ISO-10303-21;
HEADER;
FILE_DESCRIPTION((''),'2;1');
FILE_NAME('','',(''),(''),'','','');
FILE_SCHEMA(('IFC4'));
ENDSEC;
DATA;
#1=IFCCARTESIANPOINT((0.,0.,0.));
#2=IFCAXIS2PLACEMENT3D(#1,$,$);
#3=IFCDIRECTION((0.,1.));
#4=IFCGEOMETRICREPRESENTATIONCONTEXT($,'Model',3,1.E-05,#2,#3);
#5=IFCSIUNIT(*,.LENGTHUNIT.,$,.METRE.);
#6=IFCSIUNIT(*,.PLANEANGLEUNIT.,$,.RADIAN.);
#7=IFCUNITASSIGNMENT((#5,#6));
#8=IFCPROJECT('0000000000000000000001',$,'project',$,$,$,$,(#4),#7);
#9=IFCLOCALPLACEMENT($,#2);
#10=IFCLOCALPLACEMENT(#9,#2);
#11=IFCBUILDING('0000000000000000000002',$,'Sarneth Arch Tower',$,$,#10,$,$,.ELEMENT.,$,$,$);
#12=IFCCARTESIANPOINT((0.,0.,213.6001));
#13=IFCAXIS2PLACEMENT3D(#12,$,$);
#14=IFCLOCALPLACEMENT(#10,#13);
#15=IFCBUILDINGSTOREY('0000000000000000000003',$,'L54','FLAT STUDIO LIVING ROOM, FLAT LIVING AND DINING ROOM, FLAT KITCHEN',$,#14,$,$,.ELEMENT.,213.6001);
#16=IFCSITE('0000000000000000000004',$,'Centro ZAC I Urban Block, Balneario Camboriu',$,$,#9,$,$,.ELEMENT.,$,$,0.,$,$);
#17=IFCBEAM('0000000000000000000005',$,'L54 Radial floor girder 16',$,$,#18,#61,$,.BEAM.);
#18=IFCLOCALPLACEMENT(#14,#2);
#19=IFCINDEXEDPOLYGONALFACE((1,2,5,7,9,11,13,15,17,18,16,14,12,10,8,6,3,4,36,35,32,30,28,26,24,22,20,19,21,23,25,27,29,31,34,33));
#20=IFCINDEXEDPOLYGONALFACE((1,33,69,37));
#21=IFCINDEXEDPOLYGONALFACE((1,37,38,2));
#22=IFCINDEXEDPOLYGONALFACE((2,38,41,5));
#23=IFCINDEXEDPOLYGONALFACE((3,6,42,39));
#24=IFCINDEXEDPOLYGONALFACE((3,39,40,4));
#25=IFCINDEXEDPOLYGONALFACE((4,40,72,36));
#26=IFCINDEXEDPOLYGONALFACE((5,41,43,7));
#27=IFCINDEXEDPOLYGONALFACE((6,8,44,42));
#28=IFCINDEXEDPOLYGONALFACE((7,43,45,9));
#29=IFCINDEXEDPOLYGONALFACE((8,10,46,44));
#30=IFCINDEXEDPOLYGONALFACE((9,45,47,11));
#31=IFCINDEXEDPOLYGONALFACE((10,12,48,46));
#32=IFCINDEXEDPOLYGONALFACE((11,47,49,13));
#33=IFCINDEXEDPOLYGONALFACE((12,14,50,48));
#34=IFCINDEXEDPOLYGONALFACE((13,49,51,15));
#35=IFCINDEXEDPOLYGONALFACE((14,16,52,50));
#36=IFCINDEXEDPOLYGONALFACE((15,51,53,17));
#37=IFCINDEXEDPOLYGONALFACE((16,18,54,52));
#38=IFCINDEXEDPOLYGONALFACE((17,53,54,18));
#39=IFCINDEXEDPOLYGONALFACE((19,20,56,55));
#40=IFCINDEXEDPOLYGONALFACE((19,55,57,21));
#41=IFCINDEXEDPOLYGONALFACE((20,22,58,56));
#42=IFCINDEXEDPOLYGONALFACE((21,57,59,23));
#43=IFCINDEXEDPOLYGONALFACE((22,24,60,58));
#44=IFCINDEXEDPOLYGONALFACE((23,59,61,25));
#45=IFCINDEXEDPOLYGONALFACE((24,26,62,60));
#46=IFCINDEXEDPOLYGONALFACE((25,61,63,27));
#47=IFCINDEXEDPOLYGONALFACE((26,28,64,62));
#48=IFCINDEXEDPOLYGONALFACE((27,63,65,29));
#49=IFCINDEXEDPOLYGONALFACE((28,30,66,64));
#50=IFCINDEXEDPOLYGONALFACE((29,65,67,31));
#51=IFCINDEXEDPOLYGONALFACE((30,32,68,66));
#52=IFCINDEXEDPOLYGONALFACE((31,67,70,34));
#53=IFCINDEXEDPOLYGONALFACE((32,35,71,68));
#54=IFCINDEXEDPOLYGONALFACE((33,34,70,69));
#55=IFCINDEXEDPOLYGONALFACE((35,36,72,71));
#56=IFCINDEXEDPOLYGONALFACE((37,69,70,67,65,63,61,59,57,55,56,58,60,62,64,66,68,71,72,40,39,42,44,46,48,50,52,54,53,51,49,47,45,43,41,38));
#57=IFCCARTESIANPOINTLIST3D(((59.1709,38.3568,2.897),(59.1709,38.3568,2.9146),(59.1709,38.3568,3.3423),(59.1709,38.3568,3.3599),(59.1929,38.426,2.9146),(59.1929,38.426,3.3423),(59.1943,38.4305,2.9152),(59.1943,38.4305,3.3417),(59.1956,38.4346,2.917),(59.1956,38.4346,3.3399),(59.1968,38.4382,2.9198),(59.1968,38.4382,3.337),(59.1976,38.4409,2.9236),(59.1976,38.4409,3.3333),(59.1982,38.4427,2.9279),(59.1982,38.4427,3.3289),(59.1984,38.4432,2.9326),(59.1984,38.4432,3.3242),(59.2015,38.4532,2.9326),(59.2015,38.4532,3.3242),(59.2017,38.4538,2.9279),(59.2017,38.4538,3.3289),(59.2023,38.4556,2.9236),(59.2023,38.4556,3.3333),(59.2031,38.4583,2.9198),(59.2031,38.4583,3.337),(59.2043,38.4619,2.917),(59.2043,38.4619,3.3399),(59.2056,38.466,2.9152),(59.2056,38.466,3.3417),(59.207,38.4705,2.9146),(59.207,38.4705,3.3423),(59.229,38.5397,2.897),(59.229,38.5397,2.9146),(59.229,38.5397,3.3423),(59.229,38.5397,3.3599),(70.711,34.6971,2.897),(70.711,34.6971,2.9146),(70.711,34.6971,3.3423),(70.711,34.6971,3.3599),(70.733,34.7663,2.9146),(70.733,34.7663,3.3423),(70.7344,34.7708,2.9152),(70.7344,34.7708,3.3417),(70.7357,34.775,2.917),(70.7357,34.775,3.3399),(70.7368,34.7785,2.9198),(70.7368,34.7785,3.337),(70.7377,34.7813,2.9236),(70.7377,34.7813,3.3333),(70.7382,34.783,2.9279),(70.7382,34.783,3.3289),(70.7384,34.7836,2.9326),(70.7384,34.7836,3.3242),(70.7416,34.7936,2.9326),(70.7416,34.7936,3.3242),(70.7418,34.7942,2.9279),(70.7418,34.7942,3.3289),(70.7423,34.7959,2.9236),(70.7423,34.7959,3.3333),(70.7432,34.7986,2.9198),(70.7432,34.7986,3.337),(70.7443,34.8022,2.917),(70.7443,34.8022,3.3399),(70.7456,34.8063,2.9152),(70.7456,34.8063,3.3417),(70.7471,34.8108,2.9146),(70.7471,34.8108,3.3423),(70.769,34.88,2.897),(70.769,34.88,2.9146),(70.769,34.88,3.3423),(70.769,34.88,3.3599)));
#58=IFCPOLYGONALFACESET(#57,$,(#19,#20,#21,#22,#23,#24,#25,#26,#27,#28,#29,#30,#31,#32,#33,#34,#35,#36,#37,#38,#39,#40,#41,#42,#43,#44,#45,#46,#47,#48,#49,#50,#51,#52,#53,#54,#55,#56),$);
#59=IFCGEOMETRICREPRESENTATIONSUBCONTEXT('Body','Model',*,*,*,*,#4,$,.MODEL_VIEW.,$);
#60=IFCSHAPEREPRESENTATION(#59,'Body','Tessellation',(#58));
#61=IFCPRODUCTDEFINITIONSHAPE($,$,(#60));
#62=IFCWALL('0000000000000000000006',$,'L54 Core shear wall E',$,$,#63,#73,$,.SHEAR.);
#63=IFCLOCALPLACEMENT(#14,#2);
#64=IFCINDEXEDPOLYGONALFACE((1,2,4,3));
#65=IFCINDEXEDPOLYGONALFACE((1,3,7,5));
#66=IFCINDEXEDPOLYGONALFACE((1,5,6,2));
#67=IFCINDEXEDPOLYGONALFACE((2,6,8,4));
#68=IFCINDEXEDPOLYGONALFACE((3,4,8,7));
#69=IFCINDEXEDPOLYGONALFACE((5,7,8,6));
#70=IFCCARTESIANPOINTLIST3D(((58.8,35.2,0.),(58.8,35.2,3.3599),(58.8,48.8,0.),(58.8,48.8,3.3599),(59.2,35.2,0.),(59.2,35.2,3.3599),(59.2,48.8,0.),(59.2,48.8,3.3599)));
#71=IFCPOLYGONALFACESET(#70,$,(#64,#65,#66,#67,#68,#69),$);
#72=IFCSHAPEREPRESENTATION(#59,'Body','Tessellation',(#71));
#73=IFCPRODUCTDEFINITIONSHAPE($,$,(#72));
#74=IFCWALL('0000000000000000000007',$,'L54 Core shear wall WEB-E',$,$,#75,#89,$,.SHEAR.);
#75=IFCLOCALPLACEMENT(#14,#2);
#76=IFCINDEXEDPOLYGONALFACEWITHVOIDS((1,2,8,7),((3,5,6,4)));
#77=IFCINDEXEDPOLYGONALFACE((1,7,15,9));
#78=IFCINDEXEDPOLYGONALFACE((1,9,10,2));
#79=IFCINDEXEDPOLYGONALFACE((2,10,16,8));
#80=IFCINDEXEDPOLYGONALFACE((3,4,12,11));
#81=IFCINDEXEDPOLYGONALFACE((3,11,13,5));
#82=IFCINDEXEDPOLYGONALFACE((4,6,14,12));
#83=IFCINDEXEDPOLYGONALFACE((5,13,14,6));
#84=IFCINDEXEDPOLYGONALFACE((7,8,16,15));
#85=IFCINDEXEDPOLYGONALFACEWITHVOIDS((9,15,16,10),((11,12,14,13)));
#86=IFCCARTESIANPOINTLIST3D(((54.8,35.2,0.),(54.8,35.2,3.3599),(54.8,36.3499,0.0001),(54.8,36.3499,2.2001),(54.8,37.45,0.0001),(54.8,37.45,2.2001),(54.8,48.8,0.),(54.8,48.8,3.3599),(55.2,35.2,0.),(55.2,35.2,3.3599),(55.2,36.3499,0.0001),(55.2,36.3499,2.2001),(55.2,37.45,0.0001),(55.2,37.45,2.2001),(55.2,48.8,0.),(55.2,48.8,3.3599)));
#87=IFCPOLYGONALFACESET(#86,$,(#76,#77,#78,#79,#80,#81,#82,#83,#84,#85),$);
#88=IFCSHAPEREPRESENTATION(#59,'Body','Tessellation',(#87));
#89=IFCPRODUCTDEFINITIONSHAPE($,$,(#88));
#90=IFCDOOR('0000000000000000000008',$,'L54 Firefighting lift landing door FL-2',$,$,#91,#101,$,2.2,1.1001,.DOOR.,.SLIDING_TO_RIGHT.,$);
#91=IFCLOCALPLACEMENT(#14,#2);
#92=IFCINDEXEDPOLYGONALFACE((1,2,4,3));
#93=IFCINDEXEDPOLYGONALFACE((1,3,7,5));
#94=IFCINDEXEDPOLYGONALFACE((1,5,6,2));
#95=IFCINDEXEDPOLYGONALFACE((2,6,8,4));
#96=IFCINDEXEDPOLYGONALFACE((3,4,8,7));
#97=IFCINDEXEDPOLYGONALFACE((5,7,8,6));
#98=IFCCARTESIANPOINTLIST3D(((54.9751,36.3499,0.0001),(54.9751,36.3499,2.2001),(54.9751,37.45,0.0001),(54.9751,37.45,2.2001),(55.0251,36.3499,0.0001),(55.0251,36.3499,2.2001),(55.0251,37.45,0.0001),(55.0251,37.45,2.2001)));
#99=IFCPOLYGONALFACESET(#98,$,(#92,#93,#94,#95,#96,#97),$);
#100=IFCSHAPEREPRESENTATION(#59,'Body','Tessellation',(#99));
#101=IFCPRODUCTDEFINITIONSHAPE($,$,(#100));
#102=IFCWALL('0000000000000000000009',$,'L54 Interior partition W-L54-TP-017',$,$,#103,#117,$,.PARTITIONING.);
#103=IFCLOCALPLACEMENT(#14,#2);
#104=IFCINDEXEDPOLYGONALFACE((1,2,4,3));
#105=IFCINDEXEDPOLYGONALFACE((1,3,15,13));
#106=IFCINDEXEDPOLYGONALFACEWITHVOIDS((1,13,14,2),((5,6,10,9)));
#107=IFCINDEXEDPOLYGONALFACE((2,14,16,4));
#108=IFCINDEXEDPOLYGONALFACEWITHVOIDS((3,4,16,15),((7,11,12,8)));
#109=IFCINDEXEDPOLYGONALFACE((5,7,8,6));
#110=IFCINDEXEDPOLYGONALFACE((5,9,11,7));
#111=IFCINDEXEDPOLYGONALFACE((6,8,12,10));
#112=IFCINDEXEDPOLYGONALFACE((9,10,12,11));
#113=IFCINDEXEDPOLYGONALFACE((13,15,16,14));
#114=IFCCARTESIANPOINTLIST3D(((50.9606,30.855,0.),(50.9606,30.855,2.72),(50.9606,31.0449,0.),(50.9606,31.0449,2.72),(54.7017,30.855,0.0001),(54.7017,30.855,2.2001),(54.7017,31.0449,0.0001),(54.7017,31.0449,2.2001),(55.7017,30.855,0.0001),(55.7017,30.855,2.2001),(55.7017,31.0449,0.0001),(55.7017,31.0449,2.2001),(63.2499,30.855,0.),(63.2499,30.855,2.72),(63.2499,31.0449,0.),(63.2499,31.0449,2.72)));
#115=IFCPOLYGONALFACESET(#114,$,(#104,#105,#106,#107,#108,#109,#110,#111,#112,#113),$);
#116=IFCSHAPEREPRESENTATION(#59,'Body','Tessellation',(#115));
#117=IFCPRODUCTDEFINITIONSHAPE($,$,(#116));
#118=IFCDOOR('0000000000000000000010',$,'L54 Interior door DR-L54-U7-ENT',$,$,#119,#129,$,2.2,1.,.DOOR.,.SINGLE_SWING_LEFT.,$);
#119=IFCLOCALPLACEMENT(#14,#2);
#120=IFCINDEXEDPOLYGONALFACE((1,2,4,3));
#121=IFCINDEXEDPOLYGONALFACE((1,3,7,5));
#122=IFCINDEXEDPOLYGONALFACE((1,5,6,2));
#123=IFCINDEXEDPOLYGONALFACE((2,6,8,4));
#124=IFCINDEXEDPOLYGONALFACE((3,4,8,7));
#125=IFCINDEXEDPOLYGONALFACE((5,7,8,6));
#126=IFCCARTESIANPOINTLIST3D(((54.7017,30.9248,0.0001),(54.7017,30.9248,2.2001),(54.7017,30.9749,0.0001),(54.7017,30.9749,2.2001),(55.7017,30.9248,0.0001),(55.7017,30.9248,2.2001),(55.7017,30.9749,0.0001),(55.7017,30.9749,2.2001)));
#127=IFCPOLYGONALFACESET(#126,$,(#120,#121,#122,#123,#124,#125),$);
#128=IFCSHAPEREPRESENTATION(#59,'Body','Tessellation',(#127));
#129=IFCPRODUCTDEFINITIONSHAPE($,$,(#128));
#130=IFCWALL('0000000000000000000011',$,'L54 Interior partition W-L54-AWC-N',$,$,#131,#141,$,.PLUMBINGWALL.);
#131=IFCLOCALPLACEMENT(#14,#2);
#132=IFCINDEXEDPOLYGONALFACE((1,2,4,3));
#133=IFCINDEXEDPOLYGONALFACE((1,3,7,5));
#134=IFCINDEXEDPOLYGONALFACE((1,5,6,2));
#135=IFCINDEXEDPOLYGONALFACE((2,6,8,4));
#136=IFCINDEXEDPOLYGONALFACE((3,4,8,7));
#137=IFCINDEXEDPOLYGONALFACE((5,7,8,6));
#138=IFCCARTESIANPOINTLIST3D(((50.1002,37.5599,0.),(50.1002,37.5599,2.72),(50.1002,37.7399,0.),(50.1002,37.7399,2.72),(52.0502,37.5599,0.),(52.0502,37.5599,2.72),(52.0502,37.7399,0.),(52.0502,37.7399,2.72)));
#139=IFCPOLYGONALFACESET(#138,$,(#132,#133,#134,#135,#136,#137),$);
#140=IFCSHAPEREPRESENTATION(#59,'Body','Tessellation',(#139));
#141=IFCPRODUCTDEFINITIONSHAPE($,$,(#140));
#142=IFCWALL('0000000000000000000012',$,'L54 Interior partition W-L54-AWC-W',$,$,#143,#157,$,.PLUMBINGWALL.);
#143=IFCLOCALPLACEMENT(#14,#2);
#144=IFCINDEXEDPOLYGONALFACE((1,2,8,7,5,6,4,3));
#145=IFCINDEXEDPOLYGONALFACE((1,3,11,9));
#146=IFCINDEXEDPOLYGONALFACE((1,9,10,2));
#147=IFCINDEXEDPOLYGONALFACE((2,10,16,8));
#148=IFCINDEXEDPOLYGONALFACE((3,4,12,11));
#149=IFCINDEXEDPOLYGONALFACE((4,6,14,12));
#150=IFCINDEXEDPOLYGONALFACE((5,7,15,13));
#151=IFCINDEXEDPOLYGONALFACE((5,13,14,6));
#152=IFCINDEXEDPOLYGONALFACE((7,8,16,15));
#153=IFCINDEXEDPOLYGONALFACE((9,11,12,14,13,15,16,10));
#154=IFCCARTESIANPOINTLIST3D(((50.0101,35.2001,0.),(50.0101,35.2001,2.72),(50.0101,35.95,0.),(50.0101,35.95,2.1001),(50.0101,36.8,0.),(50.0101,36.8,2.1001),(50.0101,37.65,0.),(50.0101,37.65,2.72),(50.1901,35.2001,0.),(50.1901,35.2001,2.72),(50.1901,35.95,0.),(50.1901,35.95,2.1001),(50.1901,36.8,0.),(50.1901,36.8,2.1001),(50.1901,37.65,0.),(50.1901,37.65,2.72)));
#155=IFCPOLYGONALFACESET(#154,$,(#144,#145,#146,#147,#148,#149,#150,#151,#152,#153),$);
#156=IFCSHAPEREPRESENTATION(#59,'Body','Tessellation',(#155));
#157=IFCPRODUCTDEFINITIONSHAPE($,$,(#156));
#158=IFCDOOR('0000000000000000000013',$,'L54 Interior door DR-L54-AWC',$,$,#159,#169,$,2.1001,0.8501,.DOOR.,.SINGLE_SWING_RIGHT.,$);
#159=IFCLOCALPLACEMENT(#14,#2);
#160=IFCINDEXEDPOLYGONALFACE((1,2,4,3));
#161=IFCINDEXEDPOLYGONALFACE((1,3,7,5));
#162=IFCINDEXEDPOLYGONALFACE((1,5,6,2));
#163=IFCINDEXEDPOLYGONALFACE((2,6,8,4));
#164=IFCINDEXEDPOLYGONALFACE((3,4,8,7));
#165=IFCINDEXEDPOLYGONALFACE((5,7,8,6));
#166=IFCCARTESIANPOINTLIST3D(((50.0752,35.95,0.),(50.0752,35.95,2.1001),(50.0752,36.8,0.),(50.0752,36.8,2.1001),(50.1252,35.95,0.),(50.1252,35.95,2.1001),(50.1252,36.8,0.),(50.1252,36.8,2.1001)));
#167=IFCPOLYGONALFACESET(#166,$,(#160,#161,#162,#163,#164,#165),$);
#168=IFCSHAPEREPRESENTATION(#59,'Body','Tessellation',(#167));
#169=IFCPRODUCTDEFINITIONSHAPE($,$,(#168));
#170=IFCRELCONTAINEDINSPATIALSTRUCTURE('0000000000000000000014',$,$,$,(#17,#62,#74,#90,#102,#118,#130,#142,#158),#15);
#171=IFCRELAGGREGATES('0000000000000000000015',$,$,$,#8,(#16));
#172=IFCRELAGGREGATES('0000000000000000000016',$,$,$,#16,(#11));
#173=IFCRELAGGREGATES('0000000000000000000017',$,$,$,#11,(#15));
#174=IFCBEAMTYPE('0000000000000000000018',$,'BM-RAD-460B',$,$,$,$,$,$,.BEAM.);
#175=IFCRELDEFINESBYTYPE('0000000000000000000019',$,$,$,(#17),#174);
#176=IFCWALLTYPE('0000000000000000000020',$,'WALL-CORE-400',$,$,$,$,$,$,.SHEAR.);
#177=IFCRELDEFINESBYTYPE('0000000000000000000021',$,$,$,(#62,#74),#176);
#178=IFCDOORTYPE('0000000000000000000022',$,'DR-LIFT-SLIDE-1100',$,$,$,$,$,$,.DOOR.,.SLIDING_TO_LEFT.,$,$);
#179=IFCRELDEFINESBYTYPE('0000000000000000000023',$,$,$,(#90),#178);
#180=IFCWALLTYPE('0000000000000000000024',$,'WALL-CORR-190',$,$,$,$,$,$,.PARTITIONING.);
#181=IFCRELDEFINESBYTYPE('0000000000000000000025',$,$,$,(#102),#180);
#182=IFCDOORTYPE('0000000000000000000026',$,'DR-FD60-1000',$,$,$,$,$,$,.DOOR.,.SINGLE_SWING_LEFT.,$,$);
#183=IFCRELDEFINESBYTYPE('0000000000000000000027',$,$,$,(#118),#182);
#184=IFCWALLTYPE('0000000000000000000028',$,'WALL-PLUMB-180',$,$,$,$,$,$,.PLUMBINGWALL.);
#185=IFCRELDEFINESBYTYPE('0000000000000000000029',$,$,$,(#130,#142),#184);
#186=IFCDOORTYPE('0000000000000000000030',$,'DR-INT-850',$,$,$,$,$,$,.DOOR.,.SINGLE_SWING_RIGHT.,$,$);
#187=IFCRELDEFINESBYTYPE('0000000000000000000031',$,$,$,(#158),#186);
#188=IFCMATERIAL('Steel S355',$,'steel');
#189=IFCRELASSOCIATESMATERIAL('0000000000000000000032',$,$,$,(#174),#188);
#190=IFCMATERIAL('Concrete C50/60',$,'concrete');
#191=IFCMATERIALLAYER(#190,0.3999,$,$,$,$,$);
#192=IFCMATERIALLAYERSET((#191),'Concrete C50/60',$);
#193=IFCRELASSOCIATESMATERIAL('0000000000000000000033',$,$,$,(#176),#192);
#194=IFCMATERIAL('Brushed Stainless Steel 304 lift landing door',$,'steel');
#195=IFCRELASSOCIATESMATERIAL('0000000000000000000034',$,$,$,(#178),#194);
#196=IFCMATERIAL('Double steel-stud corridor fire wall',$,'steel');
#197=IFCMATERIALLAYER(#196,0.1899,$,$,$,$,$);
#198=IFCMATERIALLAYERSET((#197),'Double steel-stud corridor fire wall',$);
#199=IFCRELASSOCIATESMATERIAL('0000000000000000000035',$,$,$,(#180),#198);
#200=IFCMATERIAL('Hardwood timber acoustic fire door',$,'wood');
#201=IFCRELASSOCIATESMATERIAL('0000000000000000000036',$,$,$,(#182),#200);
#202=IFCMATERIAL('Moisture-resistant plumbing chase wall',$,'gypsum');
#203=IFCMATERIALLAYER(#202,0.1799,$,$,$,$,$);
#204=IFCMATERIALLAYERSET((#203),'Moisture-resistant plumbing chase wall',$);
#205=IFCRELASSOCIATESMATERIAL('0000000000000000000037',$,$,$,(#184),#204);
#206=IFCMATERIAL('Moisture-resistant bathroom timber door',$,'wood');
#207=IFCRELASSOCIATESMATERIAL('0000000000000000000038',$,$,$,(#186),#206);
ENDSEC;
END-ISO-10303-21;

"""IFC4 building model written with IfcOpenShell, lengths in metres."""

from ifc_helpers import new_model, si_unit, direction, frame, frame_2d, origin, origin_2d, place, context, subcontext, project, spatial, rectangle, i_section, extrude, material, layer, layer_set, material_profile, profile_set, type_object, element, fill, save


model = new_model("IFC4")

# Units and contexts
model_context = context("Model", 3, precision=1e-05, world=origin(), true_north=direction((0.0, 1.0)))
body_context = subcontext(model_context, "Body", "Model", "MODEL_VIEW")
ifc_project = project(units=[si_unit("LENGTHUNIT", "METRE"), si_unit("PLANEANGLEUNIT", "RADIAN")], contexts=[model_context])

# Site, building, storey
site_placement = place(None, origin())
site = spatial("IfcSite", under=ifc_project, at=site_placement, Name="Centro ZAC I Urban Block, Balneario Camboriu", CompositionType="ELEMENT", RefElevation=0.0)
building_placement = place(site_placement, origin())
building = spatial("IfcBuilding", under=site, at=building_placement, Name="Sarneth Arch Tower", CompositionType="ELEMENT")
storey_placement = place(building_placement, frame((0.0, 0.0, 213.6001)))
storey = spatial("IfcBuildingStorey", under=building, at=storey_placement, Name="L54", Description="FLAT STUDIO LIVING ROOM, FLAT LIVING AND DINING ROOM, FLAT KITCHEN", CompositionType="ELEMENT", Elevation=213.6001)

# Beam
ifc_material_1 = material(Name="Steel S355", Category="steel")
ifc_material_profile_1 = material_profile(ifc_material_1, i_section(OverallWidth=0.1919, OverallDepth=0.4629, WebThickness=0.0105, FlangeThickness=0.0176, FilletRadius=0.0181, at=origin_2d()), Name="W460x89")
ifc_profile_set_1 = profile_set([ifc_material_profile_1], Name="Steel S355")
beam_type_1 = type_object("IfcBeamType", Name="BM-RAD-460B", PredefinedType="BEAM", material=ifc_profile_set_1)
beam_1_placement = place(storey_placement, frame((59.2, 38.4482, 3.1284), z_axis=(0.953216, -0.302291, 0.0), x_axis=(0.302291, 0.953216, 0.0)))
element("IfcBeam", 1, at=beam_1_placement, inside=storey, type_object=beam_type_1, Name="L54 Radial floor girder 16", PredefinedType="BEAM", context=body_context, shape_type="SweptSolid", body=[
    extrude(i_section(OverallWidth=0.1919, OverallDepth=0.4629, WebThickness=0.0105, FlangeThickness=0.0176, FilletRadius=0.0181, at=origin_2d()), origin(), (0.0, 0.0, 1.0), 12.1064),
])

# Shared definitions
ifc_material_2 = material(Name="Concrete C50/60", Category="concrete")
ifc_layer_1 = layer(ifc_material_2, 0.3999)
ifc_layer_set_1 = layer_set([ifc_layer_1], Name="Concrete C50/60")
wall_type_1 = type_object("IfcWallType", Name="WALL-CORE-400", PredefinedType="SHEAR", material=ifc_layer_set_1)

# Wall
wall_1_placement = place(storey_placement, frame((59.0, 35.2, 0.0), z_axis=(0.0, 0.0, 1.0), x_axis=(0.0, 1.0, 0.0)))
element("IfcWall", 2, at=wall_1_placement, inside=storey, type_object=wall_type_1, Name="L54 Core shear wall E", PredefinedType="SHEAR", context=body_context, shape_type="SweptSolid", body=[
    extrude(rectangle(XDim=13.6001, YDim=0.3999, at=frame_2d((6.8, 0.0))), origin(), (0.0, 0.0, 1.0), 3.3599),
])

# Walls, openings, doors
wall_2_placement = place(storey_placement, frame((55.0, 35.2, 0.0), z_axis=(0.0, 0.0, 1.0), x_axis=(0.0, 1.0, 0.0)))
wall_2 = element("IfcWall", 3, at=wall_2_placement, inside=storey, type_object=wall_type_1, Name="L54 Core shear wall WEB-E", PredefinedType="SHEAR", context=body_context, shape_type="SweptSolid", body=[
    extrude(rectangle(XDim=13.6001, YDim=0.3999, at=frame_2d((6.8, 0.0))), origin(), (0.0, 0.0, 1.0), 3.3599),
])
opening_1_placement = place(wall_2_placement, frame((1.1499, 0.0, 0.0)))
opening_1 = element("IfcOpeningElement", 4, at=opening_1_placement, cuts=wall_2, PredefinedType="OPENING", context=body_context, shape_type="SweptSolid", body=[
    extrude(rectangle(XDim=1.1001, YDim=2.2, at=frame_2d((0.55, 1.1001))), frame((0.0, 0.21, 0.0), z_axis=(0.0, -1.0, 0.0), x_axis=(1.0, 0.0, 0.0)), (0.0, 0.0, 1.0), 0.4199),
])
ifc_material_3 = material(Name="Brushed Stainless Steel 304 lift landing door", Category="steel")
door_type_1 = type_object("IfcDoorType", Name="DR-LIFT-SLIDE-1100", OperationType="SLIDING_TO_LEFT", PredefinedType="DOOR", material=ifc_material_3)
door_1_placement = place(opening_1_placement, origin())
door_1 = element("IfcDoor", 5, at=door_1_placement, inside=storey, type_object=door_type_1, Name="L54 Firefighting lift landing door FL-2", OperationType="SLIDING_TO_RIGHT", OverallHeight=2.2, OverallWidth=1.1001, PredefinedType="DOOR", context=body_context, shape_type="SweptSolid", body=[
    extrude(rectangle(XDim=1.1001, YDim=2.2, at=frame_2d((0.55, 1.1001))), frame((0.0, 0.0249, 0.0), z_axis=(0.0, -1.0, 0.0), x_axis=(1.0, 0.0, 0.0)), (0.0, 0.0, 1.0), 0.05),
])
fill(opening_1, door_1)
ifc_material_4 = material(Name="Double steel-stud corridor fire wall", Category="steel")
ifc_layer_2 = layer(ifc_material_4, 0.1899)
ifc_layer_set_2 = layer_set([ifc_layer_2], Name="Double steel-stud corridor fire wall")
wall_type_2 = type_object("IfcWallType", Name="WALL-CORR-190", PredefinedType="PARTITIONING", material=ifc_layer_set_2)
wall_3_placement = place(storey_placement, frame((50.9607, 30.95, 0.0), z_axis=(0.0, 0.0, 1.0), x_axis=(1.0, 0.0, 0.0)))
wall_3 = element("IfcWall", 6, at=wall_3_placement, inside=storey, type_object=wall_type_2, Name="L54 Interior partition W-L54-TP-017", PredefinedType="PARTITIONING", context=body_context, shape_type="SweptSolid", body=[
    extrude(rectangle(XDim=12.2893, YDim=0.1899, at=frame_2d((6.1445, 0.0))), origin(), (0.0, 0.0, 1.0), 2.72),
])
opening_2_placement = place(wall_3_placement, frame((3.741, 0.0, 0.0)))
opening_2 = element("IfcOpeningElement", 7, at=opening_2_placement, cuts=wall_3, PredefinedType="OPENING", context=body_context, shape_type="SweptSolid", body=[
    extrude(rectangle(XDim=1.0, YDim=2.2, at=frame_2d((0.5, 1.1001))), frame((0.0, 0.105, 0.0), z_axis=(0.0, -1.0, 0.0), x_axis=(1.0, 0.0, 0.0)), (0.0, 0.0, 1.0), 0.21),
])
ifc_material_5 = material(Name="Hardwood timber acoustic fire door", Category="wood")
door_type_2 = type_object("IfcDoorType", Name="DR-FD60-1000", OperationType="SINGLE_SWING_LEFT", PredefinedType="DOOR", material=ifc_material_5)
door_2_placement = place(opening_2_placement, origin())
door_2 = element("IfcDoor", 8, at=door_2_placement, inside=storey, type_object=door_type_2, Name="L54 Interior door DR-L54-U7-ENT", OperationType="SINGLE_SWING_LEFT", OverallHeight=2.2, OverallWidth=1.0, PredefinedType="DOOR", context=body_context, shape_type="SweptSolid", body=[
    extrude(rectangle(XDim=1.0, YDim=2.2, at=frame_2d((0.5, 1.1001))), frame((0.0, 0.0249, 0.0), z_axis=(0.0, -1.0, 0.0), x_axis=(1.0, 0.0, 0.0)), (0.0, 0.0, 1.0), 0.05),
])
fill(opening_2, door_2)

# Wall
ifc_material_6 = material(Name="Moisture-resistant plumbing chase wall", Category="gypsum")
ifc_layer_3 = layer(ifc_material_6, 0.1799)
ifc_layer_set_3 = layer_set([ifc_layer_3], Name="Moisture-resistant plumbing chase wall")
wall_type_3 = type_object("IfcWallType", Name="WALL-PLUMB-180", PredefinedType="PLUMBINGWALL", material=ifc_layer_set_3)
wall_4_placement = place(storey_placement, frame((50.1001, 37.6499, 0.0), z_axis=(0.0, 0.0, 1.0), x_axis=(1.0, 0.0, 0.0)))
element("IfcWall", 9, at=wall_4_placement, inside=storey, type_object=wall_type_3, Name="L54 Interior partition W-L54-AWC-N", PredefinedType="PLUMBINGWALL", context=body_context, shape_type="SweptSolid", body=[
    extrude(rectangle(XDim=1.95, YDim=0.1799, at=frame_2d((0.9751, 0.0))), origin(), (0.0, 0.0, 1.0), 2.72),
])

# Wall, opening, door
wall_5_placement = place(storey_placement, frame((50.1001, 35.2, 0.0), z_axis=(0.0, 0.0, 1.0), x_axis=(0.0, 1.0, 0.0)))
wall_5 = element("IfcWall", 10, at=wall_5_placement, inside=storey, type_object=wall_type_3, Name="L54 Interior partition W-L54-AWC-W", PredefinedType="PLUMBINGWALL", context=body_context, shape_type="SweptSolid", body=[
    extrude(rectangle(XDim=2.45, YDim=0.1799, at=frame_2d((1.2251, 0.0))), origin(), (0.0, 0.0, 1.0), 2.72),
])
opening_3_placement = place(wall_5_placement, frame((0.75, 0.0, 0.0)))
opening_3 = element("IfcOpeningElement", 11, at=opening_3_placement, cuts=wall_5, PredefinedType="OPENING", context=body_context, shape_type="SweptSolid", body=[
    extrude(rectangle(XDim=0.8501, YDim=2.1001, at=frame_2d((0.425, 1.05))), frame((0.0, 0.0999, 0.0), z_axis=(0.0, -1.0, 0.0), x_axis=(1.0, 0.0, 0.0)), (0.0, 0.0, 1.0), 0.2),
])
ifc_material_7 = material(Name="Moisture-resistant bathroom timber door", Category="wood")
door_type_3 = type_object("IfcDoorType", Name="DR-INT-850", OperationType="SINGLE_SWING_RIGHT", PredefinedType="DOOR", material=ifc_material_7)
door_3_placement = place(opening_3_placement, origin())
door_3 = element("IfcDoor", 12, at=door_3_placement, inside=storey, type_object=door_type_3, Name="L54 Interior door DR-L54-AWC", OperationType="SINGLE_SWING_RIGHT", OverallHeight=2.1001, OverallWidth=0.8501, PredefinedType="DOOR", context=body_context, shape_type="SweptSolid", body=[
    extrude(rectangle(XDim=0.8501, YDim=2.1001, at=frame_2d((0.425, 1.05))), frame((0.0, 0.0249, 0.0), z_axis=(0.0, -1.0, 0.0), x_axis=(1.0, 0.0, 0.0)), (0.0, 0.0, 1.0), 0.05),
])
fill(opening_3, door_3)

save(model, "model.ifc")
